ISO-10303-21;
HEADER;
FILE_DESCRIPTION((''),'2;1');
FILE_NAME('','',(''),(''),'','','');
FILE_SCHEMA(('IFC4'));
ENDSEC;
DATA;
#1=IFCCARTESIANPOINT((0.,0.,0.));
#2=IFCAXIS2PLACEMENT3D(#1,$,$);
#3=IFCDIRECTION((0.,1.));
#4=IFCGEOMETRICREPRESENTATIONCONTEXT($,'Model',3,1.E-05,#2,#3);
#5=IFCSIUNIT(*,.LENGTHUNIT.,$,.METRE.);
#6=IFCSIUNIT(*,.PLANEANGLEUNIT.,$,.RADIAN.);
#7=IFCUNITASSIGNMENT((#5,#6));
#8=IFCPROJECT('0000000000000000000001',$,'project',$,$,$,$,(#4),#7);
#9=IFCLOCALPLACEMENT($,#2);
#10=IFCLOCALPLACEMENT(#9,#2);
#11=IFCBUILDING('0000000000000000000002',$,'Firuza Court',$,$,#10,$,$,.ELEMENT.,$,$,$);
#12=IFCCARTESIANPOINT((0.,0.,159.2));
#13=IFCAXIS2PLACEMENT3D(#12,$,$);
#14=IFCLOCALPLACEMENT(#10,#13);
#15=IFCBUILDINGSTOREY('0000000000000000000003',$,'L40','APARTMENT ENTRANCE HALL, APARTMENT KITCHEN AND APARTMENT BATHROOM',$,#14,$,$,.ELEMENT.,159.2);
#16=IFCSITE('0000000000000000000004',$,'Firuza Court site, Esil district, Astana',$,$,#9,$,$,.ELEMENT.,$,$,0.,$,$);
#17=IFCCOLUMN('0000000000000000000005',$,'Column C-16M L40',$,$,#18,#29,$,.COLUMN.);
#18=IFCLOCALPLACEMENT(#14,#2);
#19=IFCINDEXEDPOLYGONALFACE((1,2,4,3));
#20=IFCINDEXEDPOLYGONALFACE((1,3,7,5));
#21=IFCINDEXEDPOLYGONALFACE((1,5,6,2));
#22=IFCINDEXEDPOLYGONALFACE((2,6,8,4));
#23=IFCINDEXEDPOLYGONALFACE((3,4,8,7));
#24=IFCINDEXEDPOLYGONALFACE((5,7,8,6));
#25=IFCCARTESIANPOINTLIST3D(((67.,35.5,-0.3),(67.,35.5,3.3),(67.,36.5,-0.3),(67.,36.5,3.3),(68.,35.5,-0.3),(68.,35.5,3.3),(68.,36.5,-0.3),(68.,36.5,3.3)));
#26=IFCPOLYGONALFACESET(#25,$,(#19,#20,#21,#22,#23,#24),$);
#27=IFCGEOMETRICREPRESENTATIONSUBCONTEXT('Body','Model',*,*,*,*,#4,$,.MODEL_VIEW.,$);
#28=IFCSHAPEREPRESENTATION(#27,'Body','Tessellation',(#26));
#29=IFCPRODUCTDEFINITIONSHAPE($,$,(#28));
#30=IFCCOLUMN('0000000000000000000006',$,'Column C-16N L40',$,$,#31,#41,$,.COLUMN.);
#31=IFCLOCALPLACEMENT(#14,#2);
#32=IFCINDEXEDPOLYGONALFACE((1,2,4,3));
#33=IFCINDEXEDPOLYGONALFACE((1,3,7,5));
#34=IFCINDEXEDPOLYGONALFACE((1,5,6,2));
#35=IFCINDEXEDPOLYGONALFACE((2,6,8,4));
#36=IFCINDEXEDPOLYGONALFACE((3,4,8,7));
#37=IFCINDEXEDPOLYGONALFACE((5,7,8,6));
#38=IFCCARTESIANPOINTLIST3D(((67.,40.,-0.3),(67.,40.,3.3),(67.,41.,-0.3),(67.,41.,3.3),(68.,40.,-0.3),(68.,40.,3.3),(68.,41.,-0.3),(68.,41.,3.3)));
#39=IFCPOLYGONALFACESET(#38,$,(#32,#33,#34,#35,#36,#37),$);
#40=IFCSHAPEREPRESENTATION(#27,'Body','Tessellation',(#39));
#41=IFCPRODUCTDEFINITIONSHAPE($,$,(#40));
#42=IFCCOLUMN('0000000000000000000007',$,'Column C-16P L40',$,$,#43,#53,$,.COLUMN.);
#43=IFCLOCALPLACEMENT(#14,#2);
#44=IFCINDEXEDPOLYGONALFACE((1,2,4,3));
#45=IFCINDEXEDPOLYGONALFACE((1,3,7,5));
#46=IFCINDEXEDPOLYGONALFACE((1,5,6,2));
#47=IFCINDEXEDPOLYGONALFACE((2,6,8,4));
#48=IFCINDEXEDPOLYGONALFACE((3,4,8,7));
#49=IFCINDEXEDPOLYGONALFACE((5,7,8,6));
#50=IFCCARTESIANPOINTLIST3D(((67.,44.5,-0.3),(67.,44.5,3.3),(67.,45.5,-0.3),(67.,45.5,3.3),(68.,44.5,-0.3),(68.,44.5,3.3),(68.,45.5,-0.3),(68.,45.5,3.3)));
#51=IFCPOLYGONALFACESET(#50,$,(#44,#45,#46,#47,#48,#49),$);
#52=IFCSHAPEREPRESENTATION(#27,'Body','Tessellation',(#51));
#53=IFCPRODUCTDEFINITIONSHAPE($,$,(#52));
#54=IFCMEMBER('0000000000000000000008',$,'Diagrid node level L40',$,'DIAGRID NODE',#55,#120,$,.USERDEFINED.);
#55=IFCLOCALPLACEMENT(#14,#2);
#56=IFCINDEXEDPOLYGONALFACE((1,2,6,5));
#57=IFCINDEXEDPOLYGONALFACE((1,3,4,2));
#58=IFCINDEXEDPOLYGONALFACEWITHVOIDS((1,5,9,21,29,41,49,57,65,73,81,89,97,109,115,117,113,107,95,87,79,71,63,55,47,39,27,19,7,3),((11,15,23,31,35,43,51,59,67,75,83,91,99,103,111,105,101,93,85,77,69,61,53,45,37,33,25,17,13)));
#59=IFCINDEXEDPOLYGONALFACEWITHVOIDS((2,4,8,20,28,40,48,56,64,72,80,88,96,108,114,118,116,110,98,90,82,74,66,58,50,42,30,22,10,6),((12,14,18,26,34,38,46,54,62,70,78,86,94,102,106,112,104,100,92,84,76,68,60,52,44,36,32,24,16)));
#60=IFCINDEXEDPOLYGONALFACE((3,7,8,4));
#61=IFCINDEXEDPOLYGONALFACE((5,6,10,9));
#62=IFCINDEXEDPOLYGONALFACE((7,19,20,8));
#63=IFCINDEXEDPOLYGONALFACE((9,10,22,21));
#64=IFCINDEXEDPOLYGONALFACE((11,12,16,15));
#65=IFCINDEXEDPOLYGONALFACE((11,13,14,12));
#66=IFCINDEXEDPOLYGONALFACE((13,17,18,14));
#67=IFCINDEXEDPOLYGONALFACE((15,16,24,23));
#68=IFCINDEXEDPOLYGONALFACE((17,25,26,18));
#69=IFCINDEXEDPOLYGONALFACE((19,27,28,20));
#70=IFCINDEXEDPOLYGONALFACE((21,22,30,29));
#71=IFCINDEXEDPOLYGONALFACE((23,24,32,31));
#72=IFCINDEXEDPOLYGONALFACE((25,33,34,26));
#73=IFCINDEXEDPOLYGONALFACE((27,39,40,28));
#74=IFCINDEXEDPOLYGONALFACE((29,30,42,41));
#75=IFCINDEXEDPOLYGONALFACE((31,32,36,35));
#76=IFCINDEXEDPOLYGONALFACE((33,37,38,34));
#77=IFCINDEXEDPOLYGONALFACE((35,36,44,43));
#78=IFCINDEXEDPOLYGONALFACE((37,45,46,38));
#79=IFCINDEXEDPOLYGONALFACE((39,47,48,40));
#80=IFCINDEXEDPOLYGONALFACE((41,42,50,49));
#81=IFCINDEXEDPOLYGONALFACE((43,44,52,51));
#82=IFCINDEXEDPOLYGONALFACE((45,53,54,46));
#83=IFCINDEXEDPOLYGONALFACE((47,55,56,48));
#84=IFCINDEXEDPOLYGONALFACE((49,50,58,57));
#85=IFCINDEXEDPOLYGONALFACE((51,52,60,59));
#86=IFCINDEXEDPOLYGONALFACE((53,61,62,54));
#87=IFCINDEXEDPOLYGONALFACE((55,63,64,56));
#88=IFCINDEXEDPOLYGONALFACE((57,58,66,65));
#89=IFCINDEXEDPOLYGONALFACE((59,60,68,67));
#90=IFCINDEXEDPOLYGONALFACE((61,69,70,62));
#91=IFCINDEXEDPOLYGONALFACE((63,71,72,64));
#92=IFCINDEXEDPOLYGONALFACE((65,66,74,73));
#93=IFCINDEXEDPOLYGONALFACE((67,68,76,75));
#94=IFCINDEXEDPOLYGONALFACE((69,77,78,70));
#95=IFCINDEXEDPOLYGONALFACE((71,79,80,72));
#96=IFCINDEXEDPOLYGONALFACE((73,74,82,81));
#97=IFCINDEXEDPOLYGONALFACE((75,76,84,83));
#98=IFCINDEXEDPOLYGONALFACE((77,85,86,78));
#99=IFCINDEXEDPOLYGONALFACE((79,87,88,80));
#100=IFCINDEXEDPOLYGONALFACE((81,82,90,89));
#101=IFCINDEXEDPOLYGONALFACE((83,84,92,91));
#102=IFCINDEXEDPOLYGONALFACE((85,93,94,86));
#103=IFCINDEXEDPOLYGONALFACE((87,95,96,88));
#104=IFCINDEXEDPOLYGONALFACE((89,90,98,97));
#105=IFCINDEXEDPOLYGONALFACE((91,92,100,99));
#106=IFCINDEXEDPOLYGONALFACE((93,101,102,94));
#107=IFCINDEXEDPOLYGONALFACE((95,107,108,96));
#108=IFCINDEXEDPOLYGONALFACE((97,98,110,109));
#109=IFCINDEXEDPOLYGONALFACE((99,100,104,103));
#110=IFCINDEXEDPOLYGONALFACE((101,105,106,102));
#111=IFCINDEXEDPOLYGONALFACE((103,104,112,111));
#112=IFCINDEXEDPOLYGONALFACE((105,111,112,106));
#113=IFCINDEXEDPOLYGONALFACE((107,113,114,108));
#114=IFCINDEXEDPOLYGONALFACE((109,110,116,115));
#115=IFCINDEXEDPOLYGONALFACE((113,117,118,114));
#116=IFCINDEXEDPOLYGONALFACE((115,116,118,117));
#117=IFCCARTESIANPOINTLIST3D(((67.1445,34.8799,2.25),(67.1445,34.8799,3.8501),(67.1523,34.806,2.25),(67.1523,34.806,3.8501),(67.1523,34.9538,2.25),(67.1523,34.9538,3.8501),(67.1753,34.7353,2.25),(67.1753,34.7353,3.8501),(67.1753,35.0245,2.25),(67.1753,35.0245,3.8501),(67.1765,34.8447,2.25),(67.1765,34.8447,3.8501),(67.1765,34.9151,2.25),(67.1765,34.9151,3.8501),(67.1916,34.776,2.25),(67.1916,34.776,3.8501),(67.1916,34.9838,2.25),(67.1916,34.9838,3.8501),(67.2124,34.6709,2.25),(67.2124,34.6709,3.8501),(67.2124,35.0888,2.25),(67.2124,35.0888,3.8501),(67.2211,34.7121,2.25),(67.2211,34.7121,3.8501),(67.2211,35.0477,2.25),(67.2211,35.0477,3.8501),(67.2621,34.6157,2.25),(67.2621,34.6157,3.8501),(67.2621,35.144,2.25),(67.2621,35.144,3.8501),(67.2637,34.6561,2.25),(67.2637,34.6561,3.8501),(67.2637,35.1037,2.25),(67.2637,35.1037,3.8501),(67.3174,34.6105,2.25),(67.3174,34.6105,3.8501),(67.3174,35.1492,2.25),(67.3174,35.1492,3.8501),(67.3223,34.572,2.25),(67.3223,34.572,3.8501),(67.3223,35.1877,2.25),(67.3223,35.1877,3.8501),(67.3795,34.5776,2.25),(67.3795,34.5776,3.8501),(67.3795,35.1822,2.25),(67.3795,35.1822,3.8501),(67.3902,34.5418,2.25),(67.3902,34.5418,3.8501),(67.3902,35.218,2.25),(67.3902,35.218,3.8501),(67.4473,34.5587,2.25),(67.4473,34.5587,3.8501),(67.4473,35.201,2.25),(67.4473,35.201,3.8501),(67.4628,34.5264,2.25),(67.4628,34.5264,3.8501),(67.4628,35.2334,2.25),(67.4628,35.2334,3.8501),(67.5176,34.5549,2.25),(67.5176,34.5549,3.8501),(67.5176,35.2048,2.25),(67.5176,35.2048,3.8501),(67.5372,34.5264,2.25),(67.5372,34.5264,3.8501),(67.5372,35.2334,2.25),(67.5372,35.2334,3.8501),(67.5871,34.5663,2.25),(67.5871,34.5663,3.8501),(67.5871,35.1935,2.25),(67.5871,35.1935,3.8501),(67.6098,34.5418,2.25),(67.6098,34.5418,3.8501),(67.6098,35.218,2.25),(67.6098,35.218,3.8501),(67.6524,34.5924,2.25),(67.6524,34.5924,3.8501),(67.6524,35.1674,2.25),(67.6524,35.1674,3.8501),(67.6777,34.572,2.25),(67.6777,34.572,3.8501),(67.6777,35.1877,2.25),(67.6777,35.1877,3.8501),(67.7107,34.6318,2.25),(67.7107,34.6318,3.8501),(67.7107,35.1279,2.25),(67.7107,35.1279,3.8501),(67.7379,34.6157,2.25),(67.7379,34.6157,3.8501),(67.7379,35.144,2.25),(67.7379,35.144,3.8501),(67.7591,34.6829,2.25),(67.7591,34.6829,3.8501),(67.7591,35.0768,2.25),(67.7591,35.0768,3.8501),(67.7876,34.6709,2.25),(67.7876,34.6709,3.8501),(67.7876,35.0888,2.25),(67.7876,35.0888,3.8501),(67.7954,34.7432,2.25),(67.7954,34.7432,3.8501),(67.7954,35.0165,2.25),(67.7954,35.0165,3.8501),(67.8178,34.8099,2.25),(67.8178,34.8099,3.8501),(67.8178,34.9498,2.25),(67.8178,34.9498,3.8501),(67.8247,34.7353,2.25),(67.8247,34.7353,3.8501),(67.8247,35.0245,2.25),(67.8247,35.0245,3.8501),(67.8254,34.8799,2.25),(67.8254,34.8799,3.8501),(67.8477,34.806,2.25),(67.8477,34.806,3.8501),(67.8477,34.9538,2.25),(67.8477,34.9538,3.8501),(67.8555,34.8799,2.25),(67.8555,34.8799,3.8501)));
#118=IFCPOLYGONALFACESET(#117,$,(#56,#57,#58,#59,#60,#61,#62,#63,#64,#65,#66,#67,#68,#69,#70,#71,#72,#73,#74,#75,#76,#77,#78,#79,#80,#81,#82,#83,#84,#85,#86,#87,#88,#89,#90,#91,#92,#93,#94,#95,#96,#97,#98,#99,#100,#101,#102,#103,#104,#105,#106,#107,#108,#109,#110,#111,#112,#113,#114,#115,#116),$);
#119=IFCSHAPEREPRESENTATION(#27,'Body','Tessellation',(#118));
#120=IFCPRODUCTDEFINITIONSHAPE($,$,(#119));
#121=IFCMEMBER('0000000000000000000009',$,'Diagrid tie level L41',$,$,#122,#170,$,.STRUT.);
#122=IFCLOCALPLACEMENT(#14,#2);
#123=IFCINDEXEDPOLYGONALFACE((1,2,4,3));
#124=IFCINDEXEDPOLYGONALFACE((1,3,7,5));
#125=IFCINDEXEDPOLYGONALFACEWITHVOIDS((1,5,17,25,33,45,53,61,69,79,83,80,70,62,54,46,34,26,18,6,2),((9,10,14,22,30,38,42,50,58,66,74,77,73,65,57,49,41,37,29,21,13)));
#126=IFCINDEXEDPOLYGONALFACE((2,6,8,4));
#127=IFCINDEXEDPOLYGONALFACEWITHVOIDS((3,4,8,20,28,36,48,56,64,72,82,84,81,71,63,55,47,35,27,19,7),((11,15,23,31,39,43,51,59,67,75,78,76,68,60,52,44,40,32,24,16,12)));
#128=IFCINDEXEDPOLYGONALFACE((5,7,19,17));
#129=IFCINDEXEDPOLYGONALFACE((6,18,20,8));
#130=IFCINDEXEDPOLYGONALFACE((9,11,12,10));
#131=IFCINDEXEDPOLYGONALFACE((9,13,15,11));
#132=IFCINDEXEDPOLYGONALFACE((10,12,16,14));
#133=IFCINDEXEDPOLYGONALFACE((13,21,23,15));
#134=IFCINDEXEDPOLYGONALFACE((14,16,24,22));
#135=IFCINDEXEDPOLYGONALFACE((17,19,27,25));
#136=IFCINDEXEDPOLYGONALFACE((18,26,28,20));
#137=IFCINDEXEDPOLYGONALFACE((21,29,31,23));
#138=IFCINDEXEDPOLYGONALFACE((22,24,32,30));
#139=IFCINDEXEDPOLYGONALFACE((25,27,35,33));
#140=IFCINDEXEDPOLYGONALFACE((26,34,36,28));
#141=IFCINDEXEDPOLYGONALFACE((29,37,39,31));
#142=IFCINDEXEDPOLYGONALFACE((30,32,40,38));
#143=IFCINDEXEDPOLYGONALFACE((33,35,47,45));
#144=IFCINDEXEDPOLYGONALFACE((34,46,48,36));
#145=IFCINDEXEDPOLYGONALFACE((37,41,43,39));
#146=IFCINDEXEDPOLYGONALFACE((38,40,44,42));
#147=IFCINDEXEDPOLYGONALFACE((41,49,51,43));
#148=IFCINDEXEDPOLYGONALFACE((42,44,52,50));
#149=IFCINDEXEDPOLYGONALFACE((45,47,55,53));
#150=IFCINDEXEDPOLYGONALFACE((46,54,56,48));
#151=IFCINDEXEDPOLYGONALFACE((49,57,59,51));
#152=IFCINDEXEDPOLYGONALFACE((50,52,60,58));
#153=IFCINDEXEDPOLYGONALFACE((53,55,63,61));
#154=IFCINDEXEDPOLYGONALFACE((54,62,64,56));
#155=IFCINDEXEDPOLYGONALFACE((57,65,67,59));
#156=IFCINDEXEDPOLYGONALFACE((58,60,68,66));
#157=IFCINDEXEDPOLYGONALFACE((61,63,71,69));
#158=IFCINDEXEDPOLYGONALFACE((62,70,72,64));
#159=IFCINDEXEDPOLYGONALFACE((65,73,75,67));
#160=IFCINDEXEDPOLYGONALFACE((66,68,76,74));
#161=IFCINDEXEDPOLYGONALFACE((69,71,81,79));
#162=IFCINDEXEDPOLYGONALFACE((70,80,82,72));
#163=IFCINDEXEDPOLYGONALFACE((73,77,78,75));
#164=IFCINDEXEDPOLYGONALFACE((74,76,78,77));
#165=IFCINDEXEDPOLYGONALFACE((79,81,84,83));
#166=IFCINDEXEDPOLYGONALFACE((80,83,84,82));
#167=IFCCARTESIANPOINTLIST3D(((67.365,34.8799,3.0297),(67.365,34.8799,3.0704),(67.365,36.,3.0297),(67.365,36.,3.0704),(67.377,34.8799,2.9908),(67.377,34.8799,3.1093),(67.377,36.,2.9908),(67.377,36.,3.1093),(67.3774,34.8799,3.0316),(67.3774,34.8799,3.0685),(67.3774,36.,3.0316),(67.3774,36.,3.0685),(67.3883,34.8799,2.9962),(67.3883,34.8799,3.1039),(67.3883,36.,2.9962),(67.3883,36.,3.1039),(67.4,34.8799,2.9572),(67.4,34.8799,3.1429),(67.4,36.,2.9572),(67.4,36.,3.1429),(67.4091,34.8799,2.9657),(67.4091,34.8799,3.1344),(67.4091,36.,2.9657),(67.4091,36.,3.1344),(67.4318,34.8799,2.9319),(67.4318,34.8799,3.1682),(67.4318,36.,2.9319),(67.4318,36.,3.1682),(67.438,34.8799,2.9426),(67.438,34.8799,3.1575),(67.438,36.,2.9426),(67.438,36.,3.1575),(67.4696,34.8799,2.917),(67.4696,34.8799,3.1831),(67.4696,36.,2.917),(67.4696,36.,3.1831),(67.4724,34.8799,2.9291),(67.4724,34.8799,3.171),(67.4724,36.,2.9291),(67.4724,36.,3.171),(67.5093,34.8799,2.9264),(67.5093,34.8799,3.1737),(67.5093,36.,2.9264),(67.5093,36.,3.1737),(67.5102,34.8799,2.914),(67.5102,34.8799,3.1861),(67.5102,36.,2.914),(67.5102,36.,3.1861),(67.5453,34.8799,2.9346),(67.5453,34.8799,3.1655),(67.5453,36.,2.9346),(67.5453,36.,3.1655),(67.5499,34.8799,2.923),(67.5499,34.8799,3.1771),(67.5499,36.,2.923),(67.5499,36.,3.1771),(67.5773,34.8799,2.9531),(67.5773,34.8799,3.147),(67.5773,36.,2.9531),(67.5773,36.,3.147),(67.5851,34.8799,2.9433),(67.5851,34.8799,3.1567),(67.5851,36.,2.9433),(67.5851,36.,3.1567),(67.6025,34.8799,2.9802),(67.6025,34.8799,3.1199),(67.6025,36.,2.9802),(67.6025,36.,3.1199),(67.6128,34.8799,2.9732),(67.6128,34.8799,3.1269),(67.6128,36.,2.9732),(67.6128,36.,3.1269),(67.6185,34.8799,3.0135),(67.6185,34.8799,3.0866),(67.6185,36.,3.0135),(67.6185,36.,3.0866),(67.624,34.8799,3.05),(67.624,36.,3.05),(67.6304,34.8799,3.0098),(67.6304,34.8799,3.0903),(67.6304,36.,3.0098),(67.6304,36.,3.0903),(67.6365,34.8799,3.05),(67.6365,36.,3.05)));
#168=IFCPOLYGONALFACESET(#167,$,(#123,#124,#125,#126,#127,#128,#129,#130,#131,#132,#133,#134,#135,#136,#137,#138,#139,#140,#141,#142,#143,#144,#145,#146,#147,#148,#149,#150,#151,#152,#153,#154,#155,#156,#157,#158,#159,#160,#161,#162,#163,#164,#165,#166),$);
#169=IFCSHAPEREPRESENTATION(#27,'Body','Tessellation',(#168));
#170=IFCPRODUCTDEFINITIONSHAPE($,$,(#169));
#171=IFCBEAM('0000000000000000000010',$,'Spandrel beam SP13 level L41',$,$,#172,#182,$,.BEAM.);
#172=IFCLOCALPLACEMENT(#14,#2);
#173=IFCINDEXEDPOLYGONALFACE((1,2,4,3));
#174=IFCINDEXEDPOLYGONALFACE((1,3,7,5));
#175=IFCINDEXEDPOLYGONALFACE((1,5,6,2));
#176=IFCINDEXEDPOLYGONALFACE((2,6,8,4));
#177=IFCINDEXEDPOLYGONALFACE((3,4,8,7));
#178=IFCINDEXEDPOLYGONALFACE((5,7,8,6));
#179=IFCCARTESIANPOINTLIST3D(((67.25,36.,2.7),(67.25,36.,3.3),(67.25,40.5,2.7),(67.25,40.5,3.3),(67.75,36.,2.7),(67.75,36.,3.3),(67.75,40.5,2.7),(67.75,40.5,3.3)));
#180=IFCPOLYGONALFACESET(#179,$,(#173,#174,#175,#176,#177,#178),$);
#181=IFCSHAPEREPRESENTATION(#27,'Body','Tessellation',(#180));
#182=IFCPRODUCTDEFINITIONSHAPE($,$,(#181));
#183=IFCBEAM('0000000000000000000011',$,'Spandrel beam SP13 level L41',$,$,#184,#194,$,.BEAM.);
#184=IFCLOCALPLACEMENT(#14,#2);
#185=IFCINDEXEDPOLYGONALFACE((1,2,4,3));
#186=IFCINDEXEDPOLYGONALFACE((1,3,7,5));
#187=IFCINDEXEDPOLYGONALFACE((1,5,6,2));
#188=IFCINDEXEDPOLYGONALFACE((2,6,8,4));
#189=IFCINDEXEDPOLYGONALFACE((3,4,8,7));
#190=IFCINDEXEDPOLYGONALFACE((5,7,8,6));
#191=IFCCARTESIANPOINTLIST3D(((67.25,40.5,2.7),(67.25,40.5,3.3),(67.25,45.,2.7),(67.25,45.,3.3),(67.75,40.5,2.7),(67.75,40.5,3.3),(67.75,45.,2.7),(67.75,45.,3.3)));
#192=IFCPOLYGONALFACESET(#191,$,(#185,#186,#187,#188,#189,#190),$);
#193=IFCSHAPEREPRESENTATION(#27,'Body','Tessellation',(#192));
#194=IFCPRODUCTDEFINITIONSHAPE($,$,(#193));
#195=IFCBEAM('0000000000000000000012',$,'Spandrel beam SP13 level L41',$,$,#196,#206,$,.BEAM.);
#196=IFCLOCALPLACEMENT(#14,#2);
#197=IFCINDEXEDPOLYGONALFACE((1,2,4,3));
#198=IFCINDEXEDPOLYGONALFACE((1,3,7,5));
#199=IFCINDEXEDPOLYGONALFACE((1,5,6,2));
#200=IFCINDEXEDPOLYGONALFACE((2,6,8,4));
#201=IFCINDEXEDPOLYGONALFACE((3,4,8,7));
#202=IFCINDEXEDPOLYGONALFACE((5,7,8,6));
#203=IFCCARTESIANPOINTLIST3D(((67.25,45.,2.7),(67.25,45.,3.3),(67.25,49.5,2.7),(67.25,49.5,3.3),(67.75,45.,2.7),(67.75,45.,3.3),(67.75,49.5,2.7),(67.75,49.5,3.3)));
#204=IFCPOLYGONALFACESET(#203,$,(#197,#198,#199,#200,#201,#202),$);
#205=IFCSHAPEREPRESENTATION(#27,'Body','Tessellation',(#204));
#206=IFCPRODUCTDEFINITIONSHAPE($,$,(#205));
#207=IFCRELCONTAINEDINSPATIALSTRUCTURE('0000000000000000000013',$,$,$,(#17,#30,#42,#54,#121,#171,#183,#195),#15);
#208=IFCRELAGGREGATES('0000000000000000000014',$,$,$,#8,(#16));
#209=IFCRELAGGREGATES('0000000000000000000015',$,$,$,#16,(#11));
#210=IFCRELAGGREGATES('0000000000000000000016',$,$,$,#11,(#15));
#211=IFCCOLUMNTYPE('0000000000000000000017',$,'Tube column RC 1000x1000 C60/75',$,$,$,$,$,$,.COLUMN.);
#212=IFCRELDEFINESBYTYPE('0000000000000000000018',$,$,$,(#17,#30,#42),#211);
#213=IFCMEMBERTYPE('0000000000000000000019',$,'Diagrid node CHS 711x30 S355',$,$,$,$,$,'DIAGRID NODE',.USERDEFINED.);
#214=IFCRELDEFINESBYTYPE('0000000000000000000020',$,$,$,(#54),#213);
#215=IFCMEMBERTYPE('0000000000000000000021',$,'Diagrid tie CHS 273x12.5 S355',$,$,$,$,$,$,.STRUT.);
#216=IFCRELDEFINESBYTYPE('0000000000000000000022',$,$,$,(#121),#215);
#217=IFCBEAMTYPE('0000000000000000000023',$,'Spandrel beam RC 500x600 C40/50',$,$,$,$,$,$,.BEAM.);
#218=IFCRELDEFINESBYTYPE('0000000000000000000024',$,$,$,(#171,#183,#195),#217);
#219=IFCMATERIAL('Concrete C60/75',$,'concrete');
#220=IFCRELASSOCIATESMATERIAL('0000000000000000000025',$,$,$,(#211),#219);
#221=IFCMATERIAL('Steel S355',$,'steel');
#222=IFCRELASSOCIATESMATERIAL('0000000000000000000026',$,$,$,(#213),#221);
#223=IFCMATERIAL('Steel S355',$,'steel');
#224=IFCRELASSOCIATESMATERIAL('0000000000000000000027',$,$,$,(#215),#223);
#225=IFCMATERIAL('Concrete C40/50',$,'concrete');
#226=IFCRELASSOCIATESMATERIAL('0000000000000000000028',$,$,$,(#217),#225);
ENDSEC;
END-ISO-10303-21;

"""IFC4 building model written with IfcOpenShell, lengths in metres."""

from ifc_helpers import new_model, si_unit, direction, frame, origin, origin_2d, place, context, subcontext, project, spatial, rectangle, hollow_circle, extrude, material, material_profile, profile_set, type_object, element, save


model = new_model("IFC4")

# Units and contexts
model_context = context("Model", 3, precision=1e-05, world=origin(), true_north=direction((0.0, 1.0)))
body_context = subcontext(model_context, "Body", "Model", "MODEL_VIEW")
ifc_project = project(units=[si_unit("LENGTHUNIT", "METRE"), si_unit("PLANEANGLEUNIT", "RADIAN")], contexts=[model_context])

# Site, building, storey
site_placement = place(None, origin())
site = spatial("IfcSite", under=ifc_project, at=site_placement, Name="Firuza Court site, Esil district, Astana", CompositionType="ELEMENT", RefElevation=0.0)
building_placement = place(site_placement, origin())
building = spatial("IfcBuilding", under=site, at=building_placement, Name="Firuza Court", CompositionType="ELEMENT")
storey_placement = place(building_placement, frame((0.0, 0.0, 159.2)))
storey = spatial("IfcBuildingStorey", under=building, at=storey_placement, Name="L40", Description="APARTMENT ENTRANCE HALL, APARTMENT KITCHEN AND APARTMENT BATHROOM", CompositionType="ELEMENT", Elevation=159.2)

# Columns
ifc_material_1 = material(Name="Concrete C60/75", Category="concrete")
ifc_material_profile_1 = material_profile(ifc_material_1, rectangle(XDim=1.0, YDim=1.0, at=origin_2d()), Name="RC 1000x1000")
ifc_profile_set_1 = profile_set([ifc_material_profile_1], Name="Concrete C60/75")
column_type = type_object("IfcColumnType", Name="Tube column RC 1000x1000 C60/75", PredefinedType="COLUMN", material=ifc_profile_set_1)
for number, where, z_axis, x_axis, name in (
    (1, (67.5, 36.0, -0.3), (0.0, 0.0, 1.0), (1.0, 0.0, 0.0), "Column C-16M L40"),
    (2, (67.5, 40.5, -0.3), (0.0, 0.0, 1.0), (1.0, 0.0, 0.0), "Column C-16N L40"),
    (3, (67.5, 45.0, -0.3), (0.0, 0.0, 1.0), (1.0, 0.0, 0.0), "Column C-16P L40"),
):
    element("IfcColumn", number, at=place(storey_placement, frame(where, z_axis=z_axis, x_axis=x_axis)), inside=storey, type_object=column_type, Name=name, PredefinedType="COLUMN", context=body_context, shape_type="SweptSolid", body=[
        extrude(rectangle(XDim=1.0, YDim=1.0, at=origin_2d()), origin(), (0.0, 0.0, 1.0), 3.6001),
    ])

# Members
ifc_material_2 = material(Name="Steel S355", Category="steel")
ifc_material_profile_2 = material_profile(ifc_material_2, hollow_circle(Radius=0.3555, WallThickness=0.03, at=origin_2d()), Name="CHS 711x30")
ifc_profile_set_2 = profile_set([ifc_material_profile_2], Name="Steel S355")
member_type_1 = type_object("IfcMemberType", Name="Diagrid node CHS 711x30 S355", ElementType="DIAGRID NODE", PredefinedType="USERDEFINED", material=ifc_profile_set_2)
member_1_placement = place(storey_placement, frame((67.5, 34.8799, 2.25), z_axis=(0.0, 0.0, 1.0), x_axis=(1.0, 0.0, 0.0)))
element("IfcMember", 4, at=member_1_placement, inside=storey, type_object=member_type_1, Name="Diagrid node level L40", ObjectType="DIAGRID NODE", PredefinedType="USERDEFINED", context=body_context, shape_type="SweptSolid", body=[
    extrude(hollow_circle(Radius=0.3555, WallThickness=0.03, at=origin_2d()), origin(), (0.0, 0.0, 1.0), 1.6001),
])
ifc_material_3 = material(Name="Steel S355", Category="steel")
ifc_material_profile_3 = material_profile(ifc_material_3, hollow_circle(Radius=0.1365, WallThickness=0.0125, at=origin_2d()), Name="CHS 273x12.5")
ifc_profile_set_3 = profile_set([ifc_material_profile_3], Name="Steel S355")
member_type_2 = type_object("IfcMemberType", Name="Diagrid tie CHS 273x12.5 S355", PredefinedType="STRUT", material=ifc_profile_set_3)
member_2_placement = place(storey_placement, frame((67.5, 36.0, 3.05), z_axis=(0.0, -1.0, 0.0), x_axis=(1.0, 0.0, 0.0)))
element("IfcMember", 5, at=member_2_placement, inside=storey, type_object=member_type_2, Name="Diagrid tie level L41", PredefinedType="STRUT", context=body_context, shape_type="SweptSolid", body=[
    extrude(hollow_circle(Radius=0.1365, WallThickness=0.0125, at=origin_2d()), origin(), (0.0, 0.0, 1.0), 1.1201),
])

# Beams
ifc_material_4 = material(Name="Concrete C40/50", Category="concrete")
ifc_material_profile_4 = material_profile(ifc_material_4, rectangle(XDim=0.5, YDim=0.6001, at=origin_2d()), Name="RC 500x600")
ifc_profile_set_4 = profile_set([ifc_material_profile_4], Name="Concrete C40/50")
beam_type = type_object("IfcBeamType", Name="Spandrel beam RC 500x600 C40/50", PredefinedType="BEAM", material=ifc_profile_set_4)
for number, where, z_axis, x_axis, name in (
    (6, (67.5, 36.0, 3.0), (0.0, 1.0, 0.0), (-1.0, 0.0, 0.0), "Spandrel beam SP13 level L41"),
    (7, (67.5, 40.5, 3.0), (0.0, 1.0, 0.0), (-1.0, 0.0, 0.0), "Spandrel beam SP13 level L41"),
    (8, (67.5, 45.0, 3.0), (0.0, 1.0, 0.0), (-1.0, 0.0, 0.0), "Spandrel beam SP13 level L41"),
):
    element("IfcBeam", number, at=place(storey_placement, frame(where, z_axis=z_axis, x_axis=x_axis)), inside=storey, type_object=beam_type, Name=name, PredefinedType="BEAM", context=body_context, shape_type="SweptSolid", body=[
        extrude(rectangle(XDim=0.5, YDim=0.6001, at=origin_2d()), origin(), (0.0, 0.0, 1.0), 4.5),
    ])

save(model, "model.ifc")
